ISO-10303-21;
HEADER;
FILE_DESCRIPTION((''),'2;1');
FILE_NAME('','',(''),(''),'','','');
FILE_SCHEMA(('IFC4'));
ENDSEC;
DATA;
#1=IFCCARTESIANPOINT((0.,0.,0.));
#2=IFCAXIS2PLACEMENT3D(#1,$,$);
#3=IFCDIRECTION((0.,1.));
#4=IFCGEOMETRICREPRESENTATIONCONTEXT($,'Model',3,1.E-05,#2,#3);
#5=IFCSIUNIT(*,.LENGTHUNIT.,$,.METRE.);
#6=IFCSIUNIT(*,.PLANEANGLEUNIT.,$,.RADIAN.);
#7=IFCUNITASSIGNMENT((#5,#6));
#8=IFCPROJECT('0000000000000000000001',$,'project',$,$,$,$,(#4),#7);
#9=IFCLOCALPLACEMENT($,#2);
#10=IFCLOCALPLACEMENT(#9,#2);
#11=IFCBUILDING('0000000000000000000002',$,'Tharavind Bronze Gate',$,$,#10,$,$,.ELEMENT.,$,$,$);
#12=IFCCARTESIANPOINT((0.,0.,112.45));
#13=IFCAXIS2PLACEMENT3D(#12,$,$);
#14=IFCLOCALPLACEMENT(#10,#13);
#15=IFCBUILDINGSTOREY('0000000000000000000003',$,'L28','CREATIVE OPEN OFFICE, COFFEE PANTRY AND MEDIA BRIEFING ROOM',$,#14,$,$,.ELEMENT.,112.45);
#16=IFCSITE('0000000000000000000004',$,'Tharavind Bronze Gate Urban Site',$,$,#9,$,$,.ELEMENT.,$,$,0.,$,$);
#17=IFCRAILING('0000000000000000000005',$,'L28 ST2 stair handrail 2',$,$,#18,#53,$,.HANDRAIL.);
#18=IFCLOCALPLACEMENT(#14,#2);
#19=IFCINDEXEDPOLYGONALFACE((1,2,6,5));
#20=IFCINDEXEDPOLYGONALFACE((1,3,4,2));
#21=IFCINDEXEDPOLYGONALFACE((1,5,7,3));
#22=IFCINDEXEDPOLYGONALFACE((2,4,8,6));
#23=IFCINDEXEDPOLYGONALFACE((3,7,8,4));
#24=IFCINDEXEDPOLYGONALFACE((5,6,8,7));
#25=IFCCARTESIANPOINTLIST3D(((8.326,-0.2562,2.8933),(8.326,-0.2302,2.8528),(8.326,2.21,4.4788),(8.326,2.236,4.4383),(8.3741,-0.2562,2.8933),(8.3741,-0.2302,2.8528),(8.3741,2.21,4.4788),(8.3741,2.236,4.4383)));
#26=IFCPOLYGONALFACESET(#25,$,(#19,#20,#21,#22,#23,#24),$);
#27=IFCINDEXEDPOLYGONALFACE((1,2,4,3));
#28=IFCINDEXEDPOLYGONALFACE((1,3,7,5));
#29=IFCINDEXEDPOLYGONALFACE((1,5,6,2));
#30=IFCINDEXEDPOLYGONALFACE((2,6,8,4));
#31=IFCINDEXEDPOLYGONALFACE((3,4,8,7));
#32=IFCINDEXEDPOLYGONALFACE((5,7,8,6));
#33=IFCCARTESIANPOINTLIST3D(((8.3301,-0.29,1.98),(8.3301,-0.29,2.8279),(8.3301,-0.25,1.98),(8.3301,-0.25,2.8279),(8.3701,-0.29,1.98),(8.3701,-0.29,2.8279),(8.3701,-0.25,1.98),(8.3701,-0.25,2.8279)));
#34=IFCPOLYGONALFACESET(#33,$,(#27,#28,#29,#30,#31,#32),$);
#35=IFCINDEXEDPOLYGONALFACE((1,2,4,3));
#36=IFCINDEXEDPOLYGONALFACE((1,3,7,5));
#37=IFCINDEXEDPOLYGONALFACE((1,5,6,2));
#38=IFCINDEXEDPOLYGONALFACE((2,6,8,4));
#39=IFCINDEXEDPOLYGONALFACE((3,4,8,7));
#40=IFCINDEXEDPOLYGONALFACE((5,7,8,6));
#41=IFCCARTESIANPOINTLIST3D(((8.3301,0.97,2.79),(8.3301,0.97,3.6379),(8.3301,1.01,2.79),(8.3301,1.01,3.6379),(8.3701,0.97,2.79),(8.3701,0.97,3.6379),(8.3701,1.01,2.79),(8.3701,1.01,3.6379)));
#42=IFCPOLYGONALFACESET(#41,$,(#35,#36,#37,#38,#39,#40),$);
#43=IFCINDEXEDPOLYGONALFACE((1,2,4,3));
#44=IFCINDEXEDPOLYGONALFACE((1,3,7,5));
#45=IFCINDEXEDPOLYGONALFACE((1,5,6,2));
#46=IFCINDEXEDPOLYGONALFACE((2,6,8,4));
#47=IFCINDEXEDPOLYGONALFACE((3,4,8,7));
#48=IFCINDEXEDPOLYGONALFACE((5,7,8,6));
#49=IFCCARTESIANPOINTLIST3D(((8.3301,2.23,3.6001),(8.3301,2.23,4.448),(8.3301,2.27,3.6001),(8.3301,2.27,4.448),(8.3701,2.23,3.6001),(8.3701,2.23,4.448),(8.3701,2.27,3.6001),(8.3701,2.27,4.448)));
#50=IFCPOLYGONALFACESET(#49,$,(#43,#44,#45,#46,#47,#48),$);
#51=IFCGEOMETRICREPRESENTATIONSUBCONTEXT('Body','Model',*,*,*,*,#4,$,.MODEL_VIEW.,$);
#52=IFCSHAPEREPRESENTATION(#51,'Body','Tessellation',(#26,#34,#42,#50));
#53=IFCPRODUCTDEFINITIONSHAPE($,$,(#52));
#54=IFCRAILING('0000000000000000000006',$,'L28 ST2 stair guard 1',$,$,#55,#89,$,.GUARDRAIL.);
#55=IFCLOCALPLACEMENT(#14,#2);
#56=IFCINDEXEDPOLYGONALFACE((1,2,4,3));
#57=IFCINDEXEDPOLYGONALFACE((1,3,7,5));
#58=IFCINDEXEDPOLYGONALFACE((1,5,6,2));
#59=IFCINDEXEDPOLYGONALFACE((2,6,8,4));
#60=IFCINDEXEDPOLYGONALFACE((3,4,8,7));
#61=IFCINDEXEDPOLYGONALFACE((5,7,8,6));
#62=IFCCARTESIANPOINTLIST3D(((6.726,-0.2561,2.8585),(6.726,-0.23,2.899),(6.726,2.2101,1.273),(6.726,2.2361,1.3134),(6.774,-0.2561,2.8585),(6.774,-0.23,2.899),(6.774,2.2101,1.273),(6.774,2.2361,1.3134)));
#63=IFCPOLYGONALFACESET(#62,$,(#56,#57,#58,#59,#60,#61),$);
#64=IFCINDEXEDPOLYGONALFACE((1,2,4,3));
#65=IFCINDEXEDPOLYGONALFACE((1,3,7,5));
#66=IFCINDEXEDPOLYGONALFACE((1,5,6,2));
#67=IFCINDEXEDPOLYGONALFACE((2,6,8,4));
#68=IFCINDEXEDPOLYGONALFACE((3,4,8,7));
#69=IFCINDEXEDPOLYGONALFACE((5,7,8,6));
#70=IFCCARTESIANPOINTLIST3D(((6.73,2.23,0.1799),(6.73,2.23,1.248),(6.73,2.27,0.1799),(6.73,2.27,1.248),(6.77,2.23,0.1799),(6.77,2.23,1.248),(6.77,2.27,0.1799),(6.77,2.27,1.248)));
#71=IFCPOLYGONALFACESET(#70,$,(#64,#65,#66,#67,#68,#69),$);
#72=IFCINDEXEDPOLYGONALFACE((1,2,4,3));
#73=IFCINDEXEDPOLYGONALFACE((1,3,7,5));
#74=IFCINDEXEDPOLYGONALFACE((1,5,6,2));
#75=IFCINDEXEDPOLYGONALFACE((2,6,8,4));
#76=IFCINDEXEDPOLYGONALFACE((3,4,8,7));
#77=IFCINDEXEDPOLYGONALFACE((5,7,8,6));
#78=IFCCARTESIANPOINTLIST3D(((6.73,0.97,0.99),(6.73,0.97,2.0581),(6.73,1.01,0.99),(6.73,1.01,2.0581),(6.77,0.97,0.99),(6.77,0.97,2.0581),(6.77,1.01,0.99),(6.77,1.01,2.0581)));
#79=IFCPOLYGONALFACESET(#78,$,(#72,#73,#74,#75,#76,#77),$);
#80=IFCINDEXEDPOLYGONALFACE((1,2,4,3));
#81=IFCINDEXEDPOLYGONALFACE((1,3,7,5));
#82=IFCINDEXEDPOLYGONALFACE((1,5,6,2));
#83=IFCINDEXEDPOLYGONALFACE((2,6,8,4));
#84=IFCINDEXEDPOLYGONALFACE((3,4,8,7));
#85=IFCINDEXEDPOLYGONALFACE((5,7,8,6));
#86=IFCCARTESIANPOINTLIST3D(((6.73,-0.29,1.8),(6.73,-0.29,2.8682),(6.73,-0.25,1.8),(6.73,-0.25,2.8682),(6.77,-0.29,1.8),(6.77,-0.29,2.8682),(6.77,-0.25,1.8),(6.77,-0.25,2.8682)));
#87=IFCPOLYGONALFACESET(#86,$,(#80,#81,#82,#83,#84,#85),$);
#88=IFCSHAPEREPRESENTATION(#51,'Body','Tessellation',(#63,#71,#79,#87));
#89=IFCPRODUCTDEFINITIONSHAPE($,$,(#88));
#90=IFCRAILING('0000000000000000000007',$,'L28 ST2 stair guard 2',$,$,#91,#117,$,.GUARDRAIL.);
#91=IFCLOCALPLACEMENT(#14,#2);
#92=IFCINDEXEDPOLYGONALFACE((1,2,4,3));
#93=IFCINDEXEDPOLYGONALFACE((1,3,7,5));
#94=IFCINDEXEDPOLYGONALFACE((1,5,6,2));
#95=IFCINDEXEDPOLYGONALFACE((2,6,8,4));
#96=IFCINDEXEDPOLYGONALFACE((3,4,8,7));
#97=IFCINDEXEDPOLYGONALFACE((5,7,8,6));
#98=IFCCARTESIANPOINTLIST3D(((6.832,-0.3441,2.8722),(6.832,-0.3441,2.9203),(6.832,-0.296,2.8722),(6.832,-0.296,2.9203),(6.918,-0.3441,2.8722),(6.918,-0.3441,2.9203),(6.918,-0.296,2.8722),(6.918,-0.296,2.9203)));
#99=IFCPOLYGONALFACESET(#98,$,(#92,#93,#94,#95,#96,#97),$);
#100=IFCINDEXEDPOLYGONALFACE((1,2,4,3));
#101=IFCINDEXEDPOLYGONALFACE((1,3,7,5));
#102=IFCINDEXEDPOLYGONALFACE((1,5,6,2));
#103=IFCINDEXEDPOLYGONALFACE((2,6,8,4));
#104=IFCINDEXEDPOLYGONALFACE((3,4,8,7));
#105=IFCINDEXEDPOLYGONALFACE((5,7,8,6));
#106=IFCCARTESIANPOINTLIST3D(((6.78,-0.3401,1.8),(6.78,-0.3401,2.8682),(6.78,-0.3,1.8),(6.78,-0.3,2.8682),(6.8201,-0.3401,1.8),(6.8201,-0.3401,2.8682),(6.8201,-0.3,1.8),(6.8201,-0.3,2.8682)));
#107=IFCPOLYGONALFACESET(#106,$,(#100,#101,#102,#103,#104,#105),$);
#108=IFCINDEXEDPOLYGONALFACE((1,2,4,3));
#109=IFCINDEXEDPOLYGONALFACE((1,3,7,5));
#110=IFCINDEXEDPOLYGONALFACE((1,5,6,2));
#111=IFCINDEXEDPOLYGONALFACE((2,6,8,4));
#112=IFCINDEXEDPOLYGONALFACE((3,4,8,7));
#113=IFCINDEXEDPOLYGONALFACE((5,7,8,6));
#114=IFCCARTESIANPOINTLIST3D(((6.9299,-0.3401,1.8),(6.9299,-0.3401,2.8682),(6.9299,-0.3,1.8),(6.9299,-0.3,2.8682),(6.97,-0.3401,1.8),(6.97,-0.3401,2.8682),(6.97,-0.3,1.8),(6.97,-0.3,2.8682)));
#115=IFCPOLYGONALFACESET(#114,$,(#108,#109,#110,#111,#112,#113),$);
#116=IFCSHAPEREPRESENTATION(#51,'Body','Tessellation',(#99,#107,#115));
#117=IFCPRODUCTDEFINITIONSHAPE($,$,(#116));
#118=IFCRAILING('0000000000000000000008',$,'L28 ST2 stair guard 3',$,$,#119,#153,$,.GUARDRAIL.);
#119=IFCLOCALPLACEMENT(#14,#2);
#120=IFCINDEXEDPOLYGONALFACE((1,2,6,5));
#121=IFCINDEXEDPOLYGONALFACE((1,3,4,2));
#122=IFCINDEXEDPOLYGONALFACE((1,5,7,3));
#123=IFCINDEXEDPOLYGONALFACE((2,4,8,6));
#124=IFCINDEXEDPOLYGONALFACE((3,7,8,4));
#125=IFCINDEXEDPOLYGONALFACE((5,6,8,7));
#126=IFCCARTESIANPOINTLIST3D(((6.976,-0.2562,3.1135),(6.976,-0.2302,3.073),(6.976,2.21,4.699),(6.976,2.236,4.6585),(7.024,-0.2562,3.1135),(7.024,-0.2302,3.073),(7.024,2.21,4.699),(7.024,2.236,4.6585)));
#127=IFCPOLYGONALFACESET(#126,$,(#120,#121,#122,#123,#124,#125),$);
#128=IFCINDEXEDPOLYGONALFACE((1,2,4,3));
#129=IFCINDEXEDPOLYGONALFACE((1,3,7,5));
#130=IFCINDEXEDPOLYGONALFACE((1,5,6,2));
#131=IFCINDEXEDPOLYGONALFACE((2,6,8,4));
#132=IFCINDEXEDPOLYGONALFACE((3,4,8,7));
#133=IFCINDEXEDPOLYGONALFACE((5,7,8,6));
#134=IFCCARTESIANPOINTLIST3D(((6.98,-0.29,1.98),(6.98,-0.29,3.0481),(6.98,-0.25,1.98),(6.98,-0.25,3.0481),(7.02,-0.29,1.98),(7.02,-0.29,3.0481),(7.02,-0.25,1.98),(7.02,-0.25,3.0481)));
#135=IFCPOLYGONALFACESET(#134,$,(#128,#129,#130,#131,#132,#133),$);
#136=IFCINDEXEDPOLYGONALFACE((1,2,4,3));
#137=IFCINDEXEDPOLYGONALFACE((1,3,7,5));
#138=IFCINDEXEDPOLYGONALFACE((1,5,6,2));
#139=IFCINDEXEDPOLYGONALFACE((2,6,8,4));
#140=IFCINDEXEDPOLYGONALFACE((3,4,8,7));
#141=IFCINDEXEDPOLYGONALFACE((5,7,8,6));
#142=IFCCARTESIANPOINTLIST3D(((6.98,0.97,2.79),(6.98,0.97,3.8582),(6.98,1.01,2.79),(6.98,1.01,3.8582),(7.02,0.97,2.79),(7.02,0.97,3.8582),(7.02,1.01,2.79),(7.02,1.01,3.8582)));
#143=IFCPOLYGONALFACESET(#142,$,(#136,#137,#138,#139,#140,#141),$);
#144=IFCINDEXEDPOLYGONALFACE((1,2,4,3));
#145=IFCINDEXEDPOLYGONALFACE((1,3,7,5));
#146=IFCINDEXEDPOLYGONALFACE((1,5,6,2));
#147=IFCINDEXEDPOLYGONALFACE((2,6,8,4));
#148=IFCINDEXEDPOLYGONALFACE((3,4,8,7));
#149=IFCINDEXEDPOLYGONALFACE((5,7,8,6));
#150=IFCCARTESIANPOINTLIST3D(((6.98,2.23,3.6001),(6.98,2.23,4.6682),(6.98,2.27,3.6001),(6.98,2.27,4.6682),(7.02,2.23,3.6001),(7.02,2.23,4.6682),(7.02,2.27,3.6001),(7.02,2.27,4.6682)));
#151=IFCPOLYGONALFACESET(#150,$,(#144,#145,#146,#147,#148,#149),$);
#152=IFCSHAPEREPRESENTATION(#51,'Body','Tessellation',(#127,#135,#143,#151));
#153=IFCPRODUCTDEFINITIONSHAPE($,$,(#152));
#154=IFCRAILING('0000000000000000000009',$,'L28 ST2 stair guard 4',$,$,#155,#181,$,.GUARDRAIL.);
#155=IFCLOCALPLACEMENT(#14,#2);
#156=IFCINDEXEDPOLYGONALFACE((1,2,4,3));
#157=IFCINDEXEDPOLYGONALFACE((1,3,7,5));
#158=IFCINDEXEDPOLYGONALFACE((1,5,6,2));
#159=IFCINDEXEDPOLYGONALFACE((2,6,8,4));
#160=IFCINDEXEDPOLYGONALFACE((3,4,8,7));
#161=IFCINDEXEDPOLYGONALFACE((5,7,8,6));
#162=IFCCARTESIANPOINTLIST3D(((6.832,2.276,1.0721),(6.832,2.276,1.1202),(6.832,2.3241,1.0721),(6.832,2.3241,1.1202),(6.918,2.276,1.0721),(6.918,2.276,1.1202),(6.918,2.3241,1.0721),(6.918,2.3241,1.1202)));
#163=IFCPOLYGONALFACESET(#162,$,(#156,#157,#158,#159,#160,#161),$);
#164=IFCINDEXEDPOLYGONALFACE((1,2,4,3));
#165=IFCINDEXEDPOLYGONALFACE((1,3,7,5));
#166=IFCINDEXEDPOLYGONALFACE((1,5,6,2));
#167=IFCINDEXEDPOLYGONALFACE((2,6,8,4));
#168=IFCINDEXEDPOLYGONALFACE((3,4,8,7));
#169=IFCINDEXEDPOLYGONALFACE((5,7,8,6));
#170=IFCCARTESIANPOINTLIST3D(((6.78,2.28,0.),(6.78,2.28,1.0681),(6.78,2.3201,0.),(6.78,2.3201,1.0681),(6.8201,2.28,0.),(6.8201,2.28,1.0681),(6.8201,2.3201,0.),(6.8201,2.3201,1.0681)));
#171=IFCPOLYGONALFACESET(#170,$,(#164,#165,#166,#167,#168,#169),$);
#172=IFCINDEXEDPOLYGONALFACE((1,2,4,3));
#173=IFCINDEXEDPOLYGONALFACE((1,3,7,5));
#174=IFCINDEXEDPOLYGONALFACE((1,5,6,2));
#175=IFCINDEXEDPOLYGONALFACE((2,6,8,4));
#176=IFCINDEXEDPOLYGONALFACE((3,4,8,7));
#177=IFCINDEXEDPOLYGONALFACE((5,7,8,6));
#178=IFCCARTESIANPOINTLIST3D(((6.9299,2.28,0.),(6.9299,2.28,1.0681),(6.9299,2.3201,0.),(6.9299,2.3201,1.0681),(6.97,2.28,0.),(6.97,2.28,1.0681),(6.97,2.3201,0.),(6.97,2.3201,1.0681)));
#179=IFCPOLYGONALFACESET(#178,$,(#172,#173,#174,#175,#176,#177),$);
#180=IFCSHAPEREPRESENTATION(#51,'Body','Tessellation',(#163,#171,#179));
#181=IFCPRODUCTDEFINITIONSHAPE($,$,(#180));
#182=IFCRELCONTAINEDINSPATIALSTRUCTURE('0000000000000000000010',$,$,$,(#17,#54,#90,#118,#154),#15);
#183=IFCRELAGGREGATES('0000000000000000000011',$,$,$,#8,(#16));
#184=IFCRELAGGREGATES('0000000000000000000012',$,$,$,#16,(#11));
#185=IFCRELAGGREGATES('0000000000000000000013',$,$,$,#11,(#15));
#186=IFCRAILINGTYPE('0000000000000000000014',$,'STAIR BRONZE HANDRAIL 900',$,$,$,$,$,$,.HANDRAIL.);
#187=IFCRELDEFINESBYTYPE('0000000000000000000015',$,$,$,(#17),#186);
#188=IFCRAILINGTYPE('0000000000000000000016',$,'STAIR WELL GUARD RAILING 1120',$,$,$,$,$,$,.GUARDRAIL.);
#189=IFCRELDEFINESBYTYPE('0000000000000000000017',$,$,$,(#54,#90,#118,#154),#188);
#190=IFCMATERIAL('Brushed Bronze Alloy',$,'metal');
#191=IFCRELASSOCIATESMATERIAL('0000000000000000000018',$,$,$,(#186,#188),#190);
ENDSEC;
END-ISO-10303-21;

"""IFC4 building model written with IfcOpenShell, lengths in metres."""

from ifc_helpers import new_model, si_unit, direction, frame, origin, origin_2d, place, context, subcontext, project, spatial, rectangle, extrude, material, type_object, element, save


model = new_model("IFC4")

# Units and contexts
model_context = context("Model", 3, precision=1e-05, world=origin(), true_north=direction((0.0, 1.0)))
body_context = subcontext(model_context, "Body", "Model", "MODEL_VIEW")
ifc_project = project(units=[si_unit("LENGTHUNIT", "METRE"), si_unit("PLANEANGLEUNIT", "RADIAN")], contexts=[model_context])

# Site, building, storey
site_placement = place(None, origin())
site = spatial("IfcSite", under=ifc_project, at=site_placement, Name="Tharavind Bronze Gate Urban Site", CompositionType="ELEMENT", RefElevation=0.0)
building_placement = place(site_placement, origin())
building = spatial("IfcBuilding", under=site, at=building_placement, Name="Tharavind Bronze Gate", CompositionType="ELEMENT")
storey_placement = place(building_placement, frame((0.0, 0.0, 112.45)))
storey = spatial("IfcBuildingStorey", under=building, at=storey_placement, Name="L28", Description="CREATIVE OPEN OFFICE, COFFEE PANTRY AND MEDIA BRIEFING ROOM", CompositionType="ELEMENT", Elevation=112.45)

# Railings
ifc_material_1 = material(Name="Brushed Bronze Alloy", Category="metal")
railing_type_1 = type_object("IfcRailingType", Name="STAIR BRONZE HANDRAIL 900", PredefinedType="HANDRAIL", material=ifc_material_1)
railing_1_placement = place(storey_placement, frame((8.3501, -0.27, 1.98)))
element("IfcRailing", 1, at=railing_1_placement, inside=storey, type_object=railing_type_1, Name="L28 ST2 stair handrail 2", PredefinedType="HANDRAIL", context=body_context, shape_type="SweptSolid", body=[
    extrude(rectangle(XDim=0.0481, YDim=0.0481, at=origin_2d()), frame((0.0, 0.0269, 0.8931), z_axis=(0.0, 0.841163, 0.540782), x_axis=(-1.0, 0.0, 0.0)), (0.0, 0.0, 1.0), 2.9319),
    extrude(rectangle(XDim=0.04, YDim=0.04, at=origin_2d()), origin(), (0.0, 0.0, 1.0), 0.8479),
    extrude(rectangle(XDim=0.04, YDim=0.04, at=origin_2d()), frame((0.0, 1.26, 0.8101)), (0.0, 0.0, 1.0), 0.8479),
    extrude(rectangle(XDim=0.04, YDim=0.04, at=origin_2d()), frame((0.0, 2.52, 1.6201)), (0.0, 0.0, 1.0), 0.8479),
])
railing_type_2 = type_object("IfcRailingType", Name="STAIR WELL GUARD RAILING 1120", PredefinedType="GUARDRAIL", material=ifc_material_1)
railing_2_placement = place(storey_placement, frame((6.75, 2.25, 0.1799)))
element("IfcRailing", 2, at=railing_2_placement, inside=storey, type_object=railing_type_2, Name="L28 ST2 stair guard 1", PredefinedType="GUARDRAIL", context=body_context, shape_type="SweptSolid", body=[
    extrude(rectangle(XDim=0.0481, YDim=0.0481, at=origin_2d()), frame((0.0, -0.0269, 1.1133), z_axis=(0.0, -0.841163, 0.540782), x_axis=(1.0, 0.0, 0.0)), (0.0, 0.0, 1.0), 2.9319),
    extrude(rectangle(XDim=0.04, YDim=0.04, at=origin_2d()), origin(), (0.0, 0.0, 1.0), 1.0681),
    extrude(rectangle(XDim=0.04, YDim=0.04, at=origin_2d()), frame((0.0, -1.26, 0.8101)), (0.0, 0.0, 1.0), 1.0681),
    extrude(rectangle(XDim=0.04, YDim=0.04, at=origin_2d()), frame((0.0, -2.52, 1.6201)), (0.0, 0.0, 1.0), 1.0681),
])
railing_3_placement = place(storey_placement, frame((6.8, -0.3201, 1.8)))
element("IfcRailing", 3, at=railing_3_placement, inside=storey, type_object=railing_type_2, Name="L28 ST2 stair guard 2", PredefinedType="GUARDRAIL", context=body_context, shape_type="SweptSolid", body=[
    extrude(rectangle(XDim=0.0481, YDim=0.0481, at=origin_2d()), frame((0.032, 0.0, 1.0962), z_axis=(1.0, 0.0, 0.0), x_axis=(0.0, 1.0, 0.0)), (0.0, 0.0, 1.0), 0.0859),
    extrude(rectangle(XDim=0.04, YDim=0.04, at=origin_2d()), origin(), (0.0, 0.0, 1.0), 1.0681),
    extrude(rectangle(XDim=0.04, YDim=0.04, at=origin_2d()), frame((0.1499, 0.0, 0.0)), (0.0, 0.0, 1.0), 1.0681),
])
railing_4_placement = place(storey_placement, frame((7.0, -0.27, 1.98)))
element("IfcRailing", 4, at=railing_4_placement, inside=storey, type_object=railing_type_2, Name="L28 ST2 stair guard 3", PredefinedType="GUARDRAIL", context=body_context, shape_type="SweptSolid", body=[
    extrude(rectangle(XDim=0.0481, YDim=0.0481, at=origin_2d()), frame((0.0, 0.0269, 1.1133), z_axis=(0.0, 0.841163, 0.540782), x_axis=(-1.0, 0.0, 0.0)), (0.0, 0.0, 1.0), 2.9319),
    extrude(rectangle(XDim=0.04, YDim=0.04, at=origin_2d()), origin(), (0.0, 0.0, 1.0), 1.0681),
    extrude(rectangle(XDim=0.04, YDim=0.04, at=origin_2d()), frame((0.0, 1.26, 0.8101)), (0.0, 0.0, 1.0), 1.0681),
    extrude(rectangle(XDim=0.04, YDim=0.04, at=origin_2d()), frame((0.0, 2.52, 1.6201)), (0.0, 0.0, 1.0), 1.0681),
])
railing_5_placement = place(storey_placement, frame((6.8, 2.3, 0.0)))
element("IfcRailing", 5, at=railing_5_placement, inside=storey, type_object=railing_type_2, Name="L28 ST2 stair guard 4", PredefinedType="GUARDRAIL", context=body_context, shape_type="SweptSolid", body=[
    extrude(rectangle(XDim=0.0481, YDim=0.0481, at=origin_2d()), frame((0.032, 0.0, 1.0962), z_axis=(1.0, 0.0, 0.0), x_axis=(0.0, 1.0, 0.0)), (0.0, 0.0, 1.0), 0.0859),
    extrude(rectangle(XDim=0.04, YDim=0.04, at=origin_2d()), origin(), (0.0, 0.0, 1.0), 1.0681),
    extrude(rectangle(XDim=0.04, YDim=0.04, at=origin_2d()), frame((0.1499, 0.0, 0.0)), (0.0, 0.0, 1.0), 1.0681),
])

save(model, "model.ifc")
